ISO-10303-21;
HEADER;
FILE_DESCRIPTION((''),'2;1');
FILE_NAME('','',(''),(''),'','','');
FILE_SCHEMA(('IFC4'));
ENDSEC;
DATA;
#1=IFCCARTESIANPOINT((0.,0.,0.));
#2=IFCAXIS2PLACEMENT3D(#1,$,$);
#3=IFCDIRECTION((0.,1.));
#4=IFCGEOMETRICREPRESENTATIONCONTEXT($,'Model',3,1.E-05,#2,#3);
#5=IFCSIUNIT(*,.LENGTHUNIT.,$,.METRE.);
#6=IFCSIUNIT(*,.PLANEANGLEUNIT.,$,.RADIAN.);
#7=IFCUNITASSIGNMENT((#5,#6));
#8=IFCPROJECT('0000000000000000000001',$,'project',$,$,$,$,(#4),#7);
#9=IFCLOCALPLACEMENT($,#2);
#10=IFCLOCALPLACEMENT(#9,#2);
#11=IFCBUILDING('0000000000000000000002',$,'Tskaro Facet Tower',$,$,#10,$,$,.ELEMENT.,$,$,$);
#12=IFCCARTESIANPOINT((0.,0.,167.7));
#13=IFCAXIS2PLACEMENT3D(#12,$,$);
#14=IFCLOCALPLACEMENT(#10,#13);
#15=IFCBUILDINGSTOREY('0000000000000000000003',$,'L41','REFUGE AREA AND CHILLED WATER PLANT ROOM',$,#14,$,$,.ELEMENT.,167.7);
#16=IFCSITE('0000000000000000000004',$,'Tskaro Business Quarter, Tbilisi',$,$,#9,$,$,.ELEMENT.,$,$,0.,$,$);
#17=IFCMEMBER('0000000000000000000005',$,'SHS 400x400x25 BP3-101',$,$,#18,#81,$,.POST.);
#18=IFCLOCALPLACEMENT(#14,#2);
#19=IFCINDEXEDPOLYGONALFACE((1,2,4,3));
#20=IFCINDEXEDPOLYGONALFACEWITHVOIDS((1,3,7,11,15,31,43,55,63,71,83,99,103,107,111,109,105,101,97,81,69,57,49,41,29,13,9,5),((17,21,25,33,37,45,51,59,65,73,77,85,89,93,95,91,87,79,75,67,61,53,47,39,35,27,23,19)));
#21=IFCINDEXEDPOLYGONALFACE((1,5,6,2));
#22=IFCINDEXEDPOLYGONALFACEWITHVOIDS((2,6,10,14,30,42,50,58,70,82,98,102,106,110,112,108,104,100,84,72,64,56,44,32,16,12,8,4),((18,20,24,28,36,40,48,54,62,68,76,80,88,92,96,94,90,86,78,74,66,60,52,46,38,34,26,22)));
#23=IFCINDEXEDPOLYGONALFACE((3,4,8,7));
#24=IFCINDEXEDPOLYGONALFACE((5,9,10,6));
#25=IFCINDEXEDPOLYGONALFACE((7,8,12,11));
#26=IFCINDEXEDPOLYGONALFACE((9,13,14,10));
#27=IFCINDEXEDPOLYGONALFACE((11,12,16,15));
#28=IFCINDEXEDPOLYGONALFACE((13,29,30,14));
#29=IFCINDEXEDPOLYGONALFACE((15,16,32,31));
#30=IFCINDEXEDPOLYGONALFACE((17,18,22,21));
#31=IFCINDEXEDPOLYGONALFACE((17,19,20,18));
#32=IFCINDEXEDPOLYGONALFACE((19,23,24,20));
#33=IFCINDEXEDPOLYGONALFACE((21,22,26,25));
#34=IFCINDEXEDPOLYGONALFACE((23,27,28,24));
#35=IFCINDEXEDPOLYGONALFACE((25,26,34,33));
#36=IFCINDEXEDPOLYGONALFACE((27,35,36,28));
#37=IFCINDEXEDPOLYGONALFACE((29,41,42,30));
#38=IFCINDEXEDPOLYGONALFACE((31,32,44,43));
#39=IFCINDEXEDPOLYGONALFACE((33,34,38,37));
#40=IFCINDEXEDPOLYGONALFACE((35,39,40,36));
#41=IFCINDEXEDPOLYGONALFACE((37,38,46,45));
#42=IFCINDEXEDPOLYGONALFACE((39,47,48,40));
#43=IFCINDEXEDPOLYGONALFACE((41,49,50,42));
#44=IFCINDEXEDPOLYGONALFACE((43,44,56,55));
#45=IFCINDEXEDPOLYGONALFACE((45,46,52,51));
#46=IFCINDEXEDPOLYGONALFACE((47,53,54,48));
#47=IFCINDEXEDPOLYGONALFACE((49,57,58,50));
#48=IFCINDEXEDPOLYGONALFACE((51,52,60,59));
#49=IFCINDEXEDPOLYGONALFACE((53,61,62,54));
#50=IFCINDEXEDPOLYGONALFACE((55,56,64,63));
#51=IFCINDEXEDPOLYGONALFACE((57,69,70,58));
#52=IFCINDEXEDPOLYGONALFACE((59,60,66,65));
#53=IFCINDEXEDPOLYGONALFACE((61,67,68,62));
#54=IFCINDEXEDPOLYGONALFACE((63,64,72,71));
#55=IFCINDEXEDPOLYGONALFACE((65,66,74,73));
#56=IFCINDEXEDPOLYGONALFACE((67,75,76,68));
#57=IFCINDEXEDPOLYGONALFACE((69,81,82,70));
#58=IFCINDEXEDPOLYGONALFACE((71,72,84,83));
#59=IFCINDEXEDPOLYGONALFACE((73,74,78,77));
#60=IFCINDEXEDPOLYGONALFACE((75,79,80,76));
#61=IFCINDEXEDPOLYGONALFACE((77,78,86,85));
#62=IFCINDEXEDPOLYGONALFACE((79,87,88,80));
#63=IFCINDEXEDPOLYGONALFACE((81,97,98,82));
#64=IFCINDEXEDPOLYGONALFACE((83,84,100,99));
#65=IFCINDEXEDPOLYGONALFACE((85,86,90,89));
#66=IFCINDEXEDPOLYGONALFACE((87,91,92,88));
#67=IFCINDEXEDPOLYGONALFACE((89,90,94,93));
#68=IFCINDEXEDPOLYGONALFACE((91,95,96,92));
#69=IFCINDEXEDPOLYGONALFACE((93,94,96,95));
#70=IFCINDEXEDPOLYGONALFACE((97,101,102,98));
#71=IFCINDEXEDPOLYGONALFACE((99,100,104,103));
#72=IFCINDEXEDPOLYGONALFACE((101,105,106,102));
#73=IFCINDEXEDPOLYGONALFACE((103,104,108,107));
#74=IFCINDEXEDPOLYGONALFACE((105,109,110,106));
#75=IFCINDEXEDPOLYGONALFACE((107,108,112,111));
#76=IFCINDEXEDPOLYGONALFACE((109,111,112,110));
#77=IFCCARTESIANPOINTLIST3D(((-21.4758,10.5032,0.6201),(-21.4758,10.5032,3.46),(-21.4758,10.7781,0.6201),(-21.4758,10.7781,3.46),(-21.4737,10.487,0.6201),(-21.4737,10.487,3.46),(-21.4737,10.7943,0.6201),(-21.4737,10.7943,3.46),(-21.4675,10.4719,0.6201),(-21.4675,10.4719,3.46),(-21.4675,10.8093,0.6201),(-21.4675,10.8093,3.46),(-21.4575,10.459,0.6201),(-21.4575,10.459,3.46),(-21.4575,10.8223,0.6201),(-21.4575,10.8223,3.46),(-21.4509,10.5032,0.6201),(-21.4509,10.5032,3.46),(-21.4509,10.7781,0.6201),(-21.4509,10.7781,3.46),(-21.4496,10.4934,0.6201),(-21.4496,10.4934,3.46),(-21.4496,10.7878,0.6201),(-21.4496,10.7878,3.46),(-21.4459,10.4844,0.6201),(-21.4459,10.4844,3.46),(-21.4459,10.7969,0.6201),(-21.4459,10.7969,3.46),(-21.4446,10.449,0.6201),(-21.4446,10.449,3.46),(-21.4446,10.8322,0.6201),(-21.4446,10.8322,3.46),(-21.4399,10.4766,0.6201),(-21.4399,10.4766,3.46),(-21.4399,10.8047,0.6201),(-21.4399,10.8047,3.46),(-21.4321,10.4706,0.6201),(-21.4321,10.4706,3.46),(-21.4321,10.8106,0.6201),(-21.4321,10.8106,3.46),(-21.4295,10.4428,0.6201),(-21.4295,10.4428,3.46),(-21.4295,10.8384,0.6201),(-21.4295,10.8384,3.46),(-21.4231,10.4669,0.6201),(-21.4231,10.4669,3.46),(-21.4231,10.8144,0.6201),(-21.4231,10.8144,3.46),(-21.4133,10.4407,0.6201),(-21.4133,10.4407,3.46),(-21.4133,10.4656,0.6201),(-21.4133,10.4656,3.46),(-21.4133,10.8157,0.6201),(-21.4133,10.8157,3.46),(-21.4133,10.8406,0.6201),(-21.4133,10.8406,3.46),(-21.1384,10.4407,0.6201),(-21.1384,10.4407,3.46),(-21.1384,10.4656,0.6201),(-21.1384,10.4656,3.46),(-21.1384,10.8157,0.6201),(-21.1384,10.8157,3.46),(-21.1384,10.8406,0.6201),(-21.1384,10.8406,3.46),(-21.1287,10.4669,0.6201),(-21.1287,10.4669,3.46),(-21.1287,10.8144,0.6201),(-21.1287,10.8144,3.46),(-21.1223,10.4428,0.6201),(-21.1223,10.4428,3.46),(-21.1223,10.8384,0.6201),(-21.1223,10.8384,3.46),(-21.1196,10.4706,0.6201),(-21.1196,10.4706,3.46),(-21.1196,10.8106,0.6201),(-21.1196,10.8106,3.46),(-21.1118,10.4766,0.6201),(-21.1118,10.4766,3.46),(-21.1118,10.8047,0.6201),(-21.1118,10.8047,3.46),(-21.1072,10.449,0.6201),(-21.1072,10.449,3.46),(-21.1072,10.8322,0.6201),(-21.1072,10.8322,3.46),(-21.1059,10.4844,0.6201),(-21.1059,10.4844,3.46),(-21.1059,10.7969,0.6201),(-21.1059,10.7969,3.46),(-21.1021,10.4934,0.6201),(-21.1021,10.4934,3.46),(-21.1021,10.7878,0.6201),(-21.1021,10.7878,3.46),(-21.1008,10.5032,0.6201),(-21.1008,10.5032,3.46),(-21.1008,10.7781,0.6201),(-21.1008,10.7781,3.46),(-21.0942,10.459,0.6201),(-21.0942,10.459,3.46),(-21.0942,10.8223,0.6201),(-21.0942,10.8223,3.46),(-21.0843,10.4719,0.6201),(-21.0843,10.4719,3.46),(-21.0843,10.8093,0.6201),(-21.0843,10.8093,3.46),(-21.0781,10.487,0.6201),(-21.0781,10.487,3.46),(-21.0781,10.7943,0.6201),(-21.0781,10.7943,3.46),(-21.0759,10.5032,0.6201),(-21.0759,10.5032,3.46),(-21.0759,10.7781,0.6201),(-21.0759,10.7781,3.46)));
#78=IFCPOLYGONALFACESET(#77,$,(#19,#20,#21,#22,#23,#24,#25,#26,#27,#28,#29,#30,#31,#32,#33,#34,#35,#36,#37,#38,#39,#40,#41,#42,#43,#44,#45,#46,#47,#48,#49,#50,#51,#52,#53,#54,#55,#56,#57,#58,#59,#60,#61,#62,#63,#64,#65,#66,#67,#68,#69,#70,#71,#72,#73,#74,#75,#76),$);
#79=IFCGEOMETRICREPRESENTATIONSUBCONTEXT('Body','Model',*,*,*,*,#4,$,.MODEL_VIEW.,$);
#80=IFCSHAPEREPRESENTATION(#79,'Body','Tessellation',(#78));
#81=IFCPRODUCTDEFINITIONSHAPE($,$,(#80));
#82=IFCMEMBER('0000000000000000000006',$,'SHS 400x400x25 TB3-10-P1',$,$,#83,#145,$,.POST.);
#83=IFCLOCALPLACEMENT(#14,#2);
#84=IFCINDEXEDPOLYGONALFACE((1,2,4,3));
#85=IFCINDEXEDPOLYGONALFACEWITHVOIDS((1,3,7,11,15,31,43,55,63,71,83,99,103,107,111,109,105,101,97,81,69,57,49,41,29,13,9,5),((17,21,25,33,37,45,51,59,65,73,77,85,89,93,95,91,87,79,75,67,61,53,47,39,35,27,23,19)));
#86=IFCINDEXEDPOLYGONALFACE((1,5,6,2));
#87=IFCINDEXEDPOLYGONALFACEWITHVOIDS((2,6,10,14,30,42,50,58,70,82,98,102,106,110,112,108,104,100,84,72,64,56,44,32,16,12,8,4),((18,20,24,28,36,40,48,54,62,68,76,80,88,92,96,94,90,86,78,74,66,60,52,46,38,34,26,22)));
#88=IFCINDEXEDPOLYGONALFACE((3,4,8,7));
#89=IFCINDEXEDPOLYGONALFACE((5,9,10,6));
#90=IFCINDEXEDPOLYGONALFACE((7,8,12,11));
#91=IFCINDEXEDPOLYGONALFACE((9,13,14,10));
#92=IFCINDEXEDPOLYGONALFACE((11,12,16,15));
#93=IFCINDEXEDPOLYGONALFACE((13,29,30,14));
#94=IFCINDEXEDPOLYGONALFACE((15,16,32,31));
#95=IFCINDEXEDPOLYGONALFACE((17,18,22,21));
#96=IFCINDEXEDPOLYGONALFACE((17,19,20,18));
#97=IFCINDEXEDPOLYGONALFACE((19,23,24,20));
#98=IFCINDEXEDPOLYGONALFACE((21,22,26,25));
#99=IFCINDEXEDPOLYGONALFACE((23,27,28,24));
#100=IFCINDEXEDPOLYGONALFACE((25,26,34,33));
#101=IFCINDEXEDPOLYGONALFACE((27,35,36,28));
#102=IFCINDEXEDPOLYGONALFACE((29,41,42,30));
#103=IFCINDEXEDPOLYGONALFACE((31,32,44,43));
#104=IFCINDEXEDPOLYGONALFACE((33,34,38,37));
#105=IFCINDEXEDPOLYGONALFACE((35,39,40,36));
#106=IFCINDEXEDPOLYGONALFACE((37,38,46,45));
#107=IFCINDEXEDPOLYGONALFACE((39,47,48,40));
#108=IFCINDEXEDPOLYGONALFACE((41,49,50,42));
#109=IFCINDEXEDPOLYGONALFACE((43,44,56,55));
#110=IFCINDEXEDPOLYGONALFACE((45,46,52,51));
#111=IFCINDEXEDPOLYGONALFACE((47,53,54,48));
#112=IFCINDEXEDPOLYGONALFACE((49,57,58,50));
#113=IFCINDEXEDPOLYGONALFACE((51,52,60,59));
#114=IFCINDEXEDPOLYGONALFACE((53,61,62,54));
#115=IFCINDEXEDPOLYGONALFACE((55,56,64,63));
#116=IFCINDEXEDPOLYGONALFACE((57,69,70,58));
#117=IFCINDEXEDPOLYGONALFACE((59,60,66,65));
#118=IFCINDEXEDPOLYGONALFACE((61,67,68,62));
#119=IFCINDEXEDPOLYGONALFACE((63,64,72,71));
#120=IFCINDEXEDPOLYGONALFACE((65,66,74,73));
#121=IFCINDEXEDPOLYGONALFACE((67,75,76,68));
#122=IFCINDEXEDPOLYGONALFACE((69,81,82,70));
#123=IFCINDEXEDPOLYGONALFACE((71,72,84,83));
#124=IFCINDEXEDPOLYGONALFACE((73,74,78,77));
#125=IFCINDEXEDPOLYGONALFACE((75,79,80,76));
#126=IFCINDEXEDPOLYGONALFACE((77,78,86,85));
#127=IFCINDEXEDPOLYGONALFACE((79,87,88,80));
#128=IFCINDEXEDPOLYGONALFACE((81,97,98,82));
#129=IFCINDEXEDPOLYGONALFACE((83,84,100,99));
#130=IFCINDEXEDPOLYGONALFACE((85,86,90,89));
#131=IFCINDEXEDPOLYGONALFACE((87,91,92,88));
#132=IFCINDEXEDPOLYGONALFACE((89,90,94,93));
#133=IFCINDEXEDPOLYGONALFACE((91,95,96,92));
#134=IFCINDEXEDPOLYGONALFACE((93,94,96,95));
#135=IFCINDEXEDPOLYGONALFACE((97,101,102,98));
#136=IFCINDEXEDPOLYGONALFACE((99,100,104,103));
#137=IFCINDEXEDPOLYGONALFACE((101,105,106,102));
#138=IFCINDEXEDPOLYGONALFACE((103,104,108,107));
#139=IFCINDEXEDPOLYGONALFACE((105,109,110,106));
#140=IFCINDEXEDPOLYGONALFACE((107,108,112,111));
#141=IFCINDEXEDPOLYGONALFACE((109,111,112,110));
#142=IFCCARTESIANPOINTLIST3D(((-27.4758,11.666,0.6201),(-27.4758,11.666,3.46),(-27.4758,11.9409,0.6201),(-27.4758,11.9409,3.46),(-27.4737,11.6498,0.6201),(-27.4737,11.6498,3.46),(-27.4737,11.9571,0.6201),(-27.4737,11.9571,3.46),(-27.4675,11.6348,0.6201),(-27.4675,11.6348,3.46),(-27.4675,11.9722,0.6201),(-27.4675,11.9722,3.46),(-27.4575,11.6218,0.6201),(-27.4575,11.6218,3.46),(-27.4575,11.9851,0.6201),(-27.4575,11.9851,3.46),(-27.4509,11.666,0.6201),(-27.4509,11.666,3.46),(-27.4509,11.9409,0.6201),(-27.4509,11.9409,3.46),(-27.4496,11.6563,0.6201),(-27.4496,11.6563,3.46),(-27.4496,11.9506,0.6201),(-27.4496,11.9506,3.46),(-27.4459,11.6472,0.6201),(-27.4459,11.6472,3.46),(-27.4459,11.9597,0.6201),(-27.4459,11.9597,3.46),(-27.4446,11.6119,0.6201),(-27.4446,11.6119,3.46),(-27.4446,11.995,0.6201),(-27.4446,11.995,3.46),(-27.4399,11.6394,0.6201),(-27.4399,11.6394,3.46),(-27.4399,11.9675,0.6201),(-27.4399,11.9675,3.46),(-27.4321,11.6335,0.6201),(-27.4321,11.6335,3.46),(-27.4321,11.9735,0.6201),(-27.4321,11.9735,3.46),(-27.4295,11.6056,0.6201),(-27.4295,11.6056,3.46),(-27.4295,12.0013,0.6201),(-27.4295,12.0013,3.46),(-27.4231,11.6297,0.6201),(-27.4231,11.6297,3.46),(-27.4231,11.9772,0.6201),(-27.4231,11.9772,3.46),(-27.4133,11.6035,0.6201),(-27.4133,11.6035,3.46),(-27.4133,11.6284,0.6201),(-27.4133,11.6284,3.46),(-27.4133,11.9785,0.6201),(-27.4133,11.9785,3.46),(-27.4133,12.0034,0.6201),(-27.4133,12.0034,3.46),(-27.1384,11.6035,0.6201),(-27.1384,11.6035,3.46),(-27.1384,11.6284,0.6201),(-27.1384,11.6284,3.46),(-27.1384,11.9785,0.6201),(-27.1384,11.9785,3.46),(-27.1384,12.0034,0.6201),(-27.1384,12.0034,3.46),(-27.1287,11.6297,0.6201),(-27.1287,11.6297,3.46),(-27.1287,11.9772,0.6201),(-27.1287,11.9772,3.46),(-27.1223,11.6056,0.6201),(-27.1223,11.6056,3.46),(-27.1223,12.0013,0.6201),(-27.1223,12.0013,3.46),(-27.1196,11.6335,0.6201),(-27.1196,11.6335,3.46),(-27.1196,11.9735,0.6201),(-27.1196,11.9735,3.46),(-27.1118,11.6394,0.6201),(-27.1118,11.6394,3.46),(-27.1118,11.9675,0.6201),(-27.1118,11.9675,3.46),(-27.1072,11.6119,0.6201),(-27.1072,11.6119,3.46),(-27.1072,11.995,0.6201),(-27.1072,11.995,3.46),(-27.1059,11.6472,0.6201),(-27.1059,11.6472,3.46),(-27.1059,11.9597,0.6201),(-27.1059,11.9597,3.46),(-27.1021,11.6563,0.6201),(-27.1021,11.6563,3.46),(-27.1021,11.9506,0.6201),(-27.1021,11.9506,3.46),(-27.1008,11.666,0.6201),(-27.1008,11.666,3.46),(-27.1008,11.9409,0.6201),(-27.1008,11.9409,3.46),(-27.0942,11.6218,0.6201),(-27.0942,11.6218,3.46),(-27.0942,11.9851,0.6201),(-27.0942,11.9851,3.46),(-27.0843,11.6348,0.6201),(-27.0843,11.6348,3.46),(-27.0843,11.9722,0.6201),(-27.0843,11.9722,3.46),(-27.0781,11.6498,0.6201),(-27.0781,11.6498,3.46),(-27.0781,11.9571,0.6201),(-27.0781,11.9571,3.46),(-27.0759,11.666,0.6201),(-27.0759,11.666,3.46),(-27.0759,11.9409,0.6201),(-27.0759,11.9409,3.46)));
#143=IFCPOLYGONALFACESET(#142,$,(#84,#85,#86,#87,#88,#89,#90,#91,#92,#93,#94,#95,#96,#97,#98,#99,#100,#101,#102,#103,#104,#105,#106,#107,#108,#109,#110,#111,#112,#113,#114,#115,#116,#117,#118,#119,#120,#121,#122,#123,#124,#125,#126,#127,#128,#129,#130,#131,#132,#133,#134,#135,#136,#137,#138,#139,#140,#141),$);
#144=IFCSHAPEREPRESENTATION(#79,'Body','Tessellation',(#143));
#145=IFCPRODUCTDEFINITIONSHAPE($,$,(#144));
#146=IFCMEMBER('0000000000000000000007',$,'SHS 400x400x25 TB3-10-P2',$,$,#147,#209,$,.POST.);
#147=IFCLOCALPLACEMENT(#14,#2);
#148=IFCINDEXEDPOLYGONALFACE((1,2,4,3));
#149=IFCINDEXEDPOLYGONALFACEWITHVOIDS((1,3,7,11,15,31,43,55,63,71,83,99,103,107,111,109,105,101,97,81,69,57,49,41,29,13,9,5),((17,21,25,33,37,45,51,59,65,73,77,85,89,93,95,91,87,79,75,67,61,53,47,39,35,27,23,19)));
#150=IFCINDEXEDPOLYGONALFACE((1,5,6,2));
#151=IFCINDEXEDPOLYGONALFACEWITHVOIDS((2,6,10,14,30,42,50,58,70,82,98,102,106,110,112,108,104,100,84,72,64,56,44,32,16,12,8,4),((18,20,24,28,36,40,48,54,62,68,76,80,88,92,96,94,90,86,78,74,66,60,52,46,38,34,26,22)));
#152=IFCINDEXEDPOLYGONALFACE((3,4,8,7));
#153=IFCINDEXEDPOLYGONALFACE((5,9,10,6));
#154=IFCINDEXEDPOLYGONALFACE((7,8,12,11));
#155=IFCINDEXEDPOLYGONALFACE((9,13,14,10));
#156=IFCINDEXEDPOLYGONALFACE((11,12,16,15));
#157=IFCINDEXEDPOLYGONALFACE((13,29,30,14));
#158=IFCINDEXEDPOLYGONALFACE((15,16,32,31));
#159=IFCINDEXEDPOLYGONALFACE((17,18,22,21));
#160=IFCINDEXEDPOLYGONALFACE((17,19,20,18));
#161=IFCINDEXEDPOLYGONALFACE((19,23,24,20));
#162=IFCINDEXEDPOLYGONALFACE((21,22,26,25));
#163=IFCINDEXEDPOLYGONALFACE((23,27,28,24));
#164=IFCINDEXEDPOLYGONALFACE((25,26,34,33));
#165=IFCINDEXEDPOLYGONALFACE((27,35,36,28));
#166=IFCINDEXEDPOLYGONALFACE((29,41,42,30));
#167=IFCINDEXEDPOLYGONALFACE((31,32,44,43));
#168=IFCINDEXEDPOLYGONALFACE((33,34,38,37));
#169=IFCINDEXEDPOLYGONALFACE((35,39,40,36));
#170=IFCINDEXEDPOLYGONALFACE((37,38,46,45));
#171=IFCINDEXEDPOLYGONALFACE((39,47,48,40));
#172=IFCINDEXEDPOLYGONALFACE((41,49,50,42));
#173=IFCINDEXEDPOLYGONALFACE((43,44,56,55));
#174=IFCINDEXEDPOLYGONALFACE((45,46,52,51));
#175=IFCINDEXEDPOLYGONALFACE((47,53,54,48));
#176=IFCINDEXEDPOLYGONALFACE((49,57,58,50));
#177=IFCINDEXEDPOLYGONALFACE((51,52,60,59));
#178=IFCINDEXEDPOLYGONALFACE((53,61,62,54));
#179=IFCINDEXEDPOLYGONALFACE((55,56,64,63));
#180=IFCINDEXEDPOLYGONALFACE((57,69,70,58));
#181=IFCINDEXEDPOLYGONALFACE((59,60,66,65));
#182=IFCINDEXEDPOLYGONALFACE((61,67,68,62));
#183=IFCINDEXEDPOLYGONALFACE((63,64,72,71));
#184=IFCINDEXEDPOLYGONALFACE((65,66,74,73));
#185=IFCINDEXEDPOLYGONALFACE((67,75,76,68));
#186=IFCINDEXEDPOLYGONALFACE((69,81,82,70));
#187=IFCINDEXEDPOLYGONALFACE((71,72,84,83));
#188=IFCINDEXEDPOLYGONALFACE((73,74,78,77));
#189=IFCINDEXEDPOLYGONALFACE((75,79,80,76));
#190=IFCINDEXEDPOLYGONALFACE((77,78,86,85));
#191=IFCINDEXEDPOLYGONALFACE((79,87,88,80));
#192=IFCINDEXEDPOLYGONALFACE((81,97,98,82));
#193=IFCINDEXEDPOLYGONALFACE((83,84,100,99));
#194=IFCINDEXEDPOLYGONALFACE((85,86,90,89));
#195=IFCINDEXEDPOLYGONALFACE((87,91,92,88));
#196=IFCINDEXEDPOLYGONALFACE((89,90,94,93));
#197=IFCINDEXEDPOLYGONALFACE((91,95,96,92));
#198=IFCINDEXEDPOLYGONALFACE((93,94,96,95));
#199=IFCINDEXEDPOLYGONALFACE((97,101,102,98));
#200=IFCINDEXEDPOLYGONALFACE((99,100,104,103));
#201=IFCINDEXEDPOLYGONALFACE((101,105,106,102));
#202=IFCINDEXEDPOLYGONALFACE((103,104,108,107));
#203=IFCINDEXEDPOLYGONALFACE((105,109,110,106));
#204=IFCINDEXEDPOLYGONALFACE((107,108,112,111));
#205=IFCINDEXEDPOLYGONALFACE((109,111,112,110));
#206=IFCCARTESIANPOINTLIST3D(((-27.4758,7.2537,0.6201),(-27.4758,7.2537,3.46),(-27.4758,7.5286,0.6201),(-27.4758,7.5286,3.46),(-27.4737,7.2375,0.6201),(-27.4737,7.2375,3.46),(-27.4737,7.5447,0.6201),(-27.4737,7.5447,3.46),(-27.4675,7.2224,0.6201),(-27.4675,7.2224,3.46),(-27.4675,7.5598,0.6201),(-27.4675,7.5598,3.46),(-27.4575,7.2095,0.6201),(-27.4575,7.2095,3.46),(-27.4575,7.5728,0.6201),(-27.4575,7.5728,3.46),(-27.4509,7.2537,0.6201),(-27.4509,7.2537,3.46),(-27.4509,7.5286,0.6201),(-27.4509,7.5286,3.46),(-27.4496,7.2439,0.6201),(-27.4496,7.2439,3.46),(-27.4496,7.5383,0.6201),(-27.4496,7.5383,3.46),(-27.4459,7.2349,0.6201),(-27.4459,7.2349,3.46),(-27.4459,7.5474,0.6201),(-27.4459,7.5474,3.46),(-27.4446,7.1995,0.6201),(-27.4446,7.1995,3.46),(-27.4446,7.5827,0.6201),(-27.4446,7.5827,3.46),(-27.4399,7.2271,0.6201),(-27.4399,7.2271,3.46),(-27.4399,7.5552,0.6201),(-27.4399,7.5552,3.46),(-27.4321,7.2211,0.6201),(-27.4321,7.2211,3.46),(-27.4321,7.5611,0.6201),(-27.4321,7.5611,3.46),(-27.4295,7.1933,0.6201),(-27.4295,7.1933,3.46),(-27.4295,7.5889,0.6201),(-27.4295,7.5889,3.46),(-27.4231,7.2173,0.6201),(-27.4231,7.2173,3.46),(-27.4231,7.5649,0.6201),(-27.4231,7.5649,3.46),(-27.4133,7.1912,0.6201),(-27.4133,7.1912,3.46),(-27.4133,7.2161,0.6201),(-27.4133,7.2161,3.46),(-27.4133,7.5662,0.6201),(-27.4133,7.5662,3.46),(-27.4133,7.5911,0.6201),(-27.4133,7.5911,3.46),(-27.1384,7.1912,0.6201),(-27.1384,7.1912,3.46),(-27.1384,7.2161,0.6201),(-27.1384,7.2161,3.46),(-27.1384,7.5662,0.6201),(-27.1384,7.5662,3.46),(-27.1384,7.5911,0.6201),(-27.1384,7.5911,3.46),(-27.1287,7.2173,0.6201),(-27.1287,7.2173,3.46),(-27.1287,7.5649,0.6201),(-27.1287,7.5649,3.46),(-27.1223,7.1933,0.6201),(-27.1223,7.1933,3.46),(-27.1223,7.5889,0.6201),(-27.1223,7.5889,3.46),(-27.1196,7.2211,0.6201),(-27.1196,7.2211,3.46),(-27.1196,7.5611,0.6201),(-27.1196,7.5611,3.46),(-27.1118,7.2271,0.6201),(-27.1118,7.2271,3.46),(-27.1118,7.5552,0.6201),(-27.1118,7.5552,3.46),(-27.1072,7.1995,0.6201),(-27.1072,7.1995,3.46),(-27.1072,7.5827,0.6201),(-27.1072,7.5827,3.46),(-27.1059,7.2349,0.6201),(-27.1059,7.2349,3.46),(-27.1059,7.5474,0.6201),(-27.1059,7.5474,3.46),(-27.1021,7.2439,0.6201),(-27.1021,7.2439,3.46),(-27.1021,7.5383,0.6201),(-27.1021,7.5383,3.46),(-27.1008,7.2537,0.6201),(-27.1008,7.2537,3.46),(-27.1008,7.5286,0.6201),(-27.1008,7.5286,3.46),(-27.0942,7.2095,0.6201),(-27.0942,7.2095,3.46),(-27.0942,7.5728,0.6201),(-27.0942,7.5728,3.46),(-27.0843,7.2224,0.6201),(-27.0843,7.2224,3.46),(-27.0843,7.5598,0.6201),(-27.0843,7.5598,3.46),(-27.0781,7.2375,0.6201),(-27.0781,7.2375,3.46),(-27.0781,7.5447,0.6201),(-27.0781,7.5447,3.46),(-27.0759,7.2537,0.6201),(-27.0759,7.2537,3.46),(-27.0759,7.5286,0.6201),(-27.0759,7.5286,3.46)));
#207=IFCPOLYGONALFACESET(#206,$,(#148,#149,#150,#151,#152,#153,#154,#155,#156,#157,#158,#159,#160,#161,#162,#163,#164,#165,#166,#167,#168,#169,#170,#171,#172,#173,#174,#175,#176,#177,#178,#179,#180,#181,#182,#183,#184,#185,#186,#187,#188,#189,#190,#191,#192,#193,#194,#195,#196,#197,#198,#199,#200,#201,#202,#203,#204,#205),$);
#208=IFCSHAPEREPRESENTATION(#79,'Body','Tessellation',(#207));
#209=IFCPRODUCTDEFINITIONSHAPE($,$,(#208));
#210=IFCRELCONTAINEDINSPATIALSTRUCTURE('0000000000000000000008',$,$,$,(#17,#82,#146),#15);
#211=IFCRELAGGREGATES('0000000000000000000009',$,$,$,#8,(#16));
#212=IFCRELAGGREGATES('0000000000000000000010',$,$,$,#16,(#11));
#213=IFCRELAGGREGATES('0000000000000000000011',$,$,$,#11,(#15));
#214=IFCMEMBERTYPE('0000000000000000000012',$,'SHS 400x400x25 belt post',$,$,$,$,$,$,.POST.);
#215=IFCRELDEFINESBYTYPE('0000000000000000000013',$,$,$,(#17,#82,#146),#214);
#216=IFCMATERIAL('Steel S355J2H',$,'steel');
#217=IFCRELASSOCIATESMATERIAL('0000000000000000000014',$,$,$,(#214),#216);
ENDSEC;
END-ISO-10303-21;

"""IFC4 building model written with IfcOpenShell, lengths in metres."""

from ifc_helpers import new_model, si_unit, direction, frame, origin, origin_2d, place, context, subcontext, project, spatial, hollow_rectangle, extrude, material, material_profile, profile_set, type_object, element, save


model = new_model("IFC4")

# Units and contexts
model_context = context("Model", 3, precision=1e-05, world=origin(), true_north=direction((0.0, 1.0)))
body_context = subcontext(model_context, "Body", "Model", "MODEL_VIEW")
ifc_project = project(units=[si_unit("LENGTHUNIT", "METRE"), si_unit("PLANEANGLEUNIT", "RADIAN")], contexts=[model_context])

# Site, building, storey
site_placement = place(None, origin())
site = spatial("IfcSite", under=ifc_project, at=site_placement, Name="Tskaro Business Quarter, Tbilisi", CompositionType="ELEMENT", RefElevation=0.0)
building_placement = place(site_placement, origin())
building = spatial("IfcBuilding", under=site, at=building_placement, Name="Tskaro Facet Tower", CompositionType="ELEMENT")
storey_placement = place(building_placement, frame((0.0, 0.0, 167.7)))
storey = spatial("IfcBuildingStorey", under=building, at=storey_placement, Name="L41", Description="REFUGE AREA AND CHILLED WATER PLANT ROOM", CompositionType="ELEMENT", Elevation=167.7)

# Shared definitions
ifc_material_1 = material(Name="Steel S355J2H", Category="steel")

# Members
ifc_material_profile_1 = material_profile(ifc_material_1, hollow_rectangle(XDim=0.3999, YDim=0.3999, WallThickness=0.0249, InnerFilletRadius=0.0376, OuterFilletRadius=0.0625, at=origin_2d()), Name="SHS 400x400x25")
ifc_profile_set_1 = profile_set([ifc_material_profile_1], Name="Steel S355J2H")
member_type_1 = type_object("IfcMemberType", Name="SHS 400x400x25 belt post", PredefinedType="POST", material=ifc_profile_set_1)
for number, where, z_axis, x_axis, name in (
    (1, (-21.2759, 10.6406, 0.6201), (0.0, 0.0, 1.0), (1.0, 0.0, 0.0), "SHS 400x400x25 BP3-101"),
    (2, (-27.2759, 11.8035, 0.6201), (0.0, 0.0, 1.0), (1.0, 0.0, 0.0), "SHS 400x400x25 TB3-10-P1"),
    (3, (-27.2759, 7.3911, 0.6201), (0.0, 0.0, 1.0), (1.0, 0.0, 0.0), "SHS 400x400x25 TB3-10-P2"),
):
    element("IfcMember", number, at=place(storey_placement, frame(where, z_axis=z_axis, x_axis=x_axis)), inside=storey, type_object=member_type_1, Name=name, PredefinedType="POST", context=body_context, shape_type="SweptSolid", body=[
        extrude(hollow_rectangle(XDim=0.3999, YDim=0.3999, WallThickness=0.0249, InnerFilletRadius=0.0376, OuterFilletRadius=0.0625, at=origin_2d()), origin(), (0.0, 0.0, 1.0), 2.8398),
    ])

save(model, "model.ifc")
